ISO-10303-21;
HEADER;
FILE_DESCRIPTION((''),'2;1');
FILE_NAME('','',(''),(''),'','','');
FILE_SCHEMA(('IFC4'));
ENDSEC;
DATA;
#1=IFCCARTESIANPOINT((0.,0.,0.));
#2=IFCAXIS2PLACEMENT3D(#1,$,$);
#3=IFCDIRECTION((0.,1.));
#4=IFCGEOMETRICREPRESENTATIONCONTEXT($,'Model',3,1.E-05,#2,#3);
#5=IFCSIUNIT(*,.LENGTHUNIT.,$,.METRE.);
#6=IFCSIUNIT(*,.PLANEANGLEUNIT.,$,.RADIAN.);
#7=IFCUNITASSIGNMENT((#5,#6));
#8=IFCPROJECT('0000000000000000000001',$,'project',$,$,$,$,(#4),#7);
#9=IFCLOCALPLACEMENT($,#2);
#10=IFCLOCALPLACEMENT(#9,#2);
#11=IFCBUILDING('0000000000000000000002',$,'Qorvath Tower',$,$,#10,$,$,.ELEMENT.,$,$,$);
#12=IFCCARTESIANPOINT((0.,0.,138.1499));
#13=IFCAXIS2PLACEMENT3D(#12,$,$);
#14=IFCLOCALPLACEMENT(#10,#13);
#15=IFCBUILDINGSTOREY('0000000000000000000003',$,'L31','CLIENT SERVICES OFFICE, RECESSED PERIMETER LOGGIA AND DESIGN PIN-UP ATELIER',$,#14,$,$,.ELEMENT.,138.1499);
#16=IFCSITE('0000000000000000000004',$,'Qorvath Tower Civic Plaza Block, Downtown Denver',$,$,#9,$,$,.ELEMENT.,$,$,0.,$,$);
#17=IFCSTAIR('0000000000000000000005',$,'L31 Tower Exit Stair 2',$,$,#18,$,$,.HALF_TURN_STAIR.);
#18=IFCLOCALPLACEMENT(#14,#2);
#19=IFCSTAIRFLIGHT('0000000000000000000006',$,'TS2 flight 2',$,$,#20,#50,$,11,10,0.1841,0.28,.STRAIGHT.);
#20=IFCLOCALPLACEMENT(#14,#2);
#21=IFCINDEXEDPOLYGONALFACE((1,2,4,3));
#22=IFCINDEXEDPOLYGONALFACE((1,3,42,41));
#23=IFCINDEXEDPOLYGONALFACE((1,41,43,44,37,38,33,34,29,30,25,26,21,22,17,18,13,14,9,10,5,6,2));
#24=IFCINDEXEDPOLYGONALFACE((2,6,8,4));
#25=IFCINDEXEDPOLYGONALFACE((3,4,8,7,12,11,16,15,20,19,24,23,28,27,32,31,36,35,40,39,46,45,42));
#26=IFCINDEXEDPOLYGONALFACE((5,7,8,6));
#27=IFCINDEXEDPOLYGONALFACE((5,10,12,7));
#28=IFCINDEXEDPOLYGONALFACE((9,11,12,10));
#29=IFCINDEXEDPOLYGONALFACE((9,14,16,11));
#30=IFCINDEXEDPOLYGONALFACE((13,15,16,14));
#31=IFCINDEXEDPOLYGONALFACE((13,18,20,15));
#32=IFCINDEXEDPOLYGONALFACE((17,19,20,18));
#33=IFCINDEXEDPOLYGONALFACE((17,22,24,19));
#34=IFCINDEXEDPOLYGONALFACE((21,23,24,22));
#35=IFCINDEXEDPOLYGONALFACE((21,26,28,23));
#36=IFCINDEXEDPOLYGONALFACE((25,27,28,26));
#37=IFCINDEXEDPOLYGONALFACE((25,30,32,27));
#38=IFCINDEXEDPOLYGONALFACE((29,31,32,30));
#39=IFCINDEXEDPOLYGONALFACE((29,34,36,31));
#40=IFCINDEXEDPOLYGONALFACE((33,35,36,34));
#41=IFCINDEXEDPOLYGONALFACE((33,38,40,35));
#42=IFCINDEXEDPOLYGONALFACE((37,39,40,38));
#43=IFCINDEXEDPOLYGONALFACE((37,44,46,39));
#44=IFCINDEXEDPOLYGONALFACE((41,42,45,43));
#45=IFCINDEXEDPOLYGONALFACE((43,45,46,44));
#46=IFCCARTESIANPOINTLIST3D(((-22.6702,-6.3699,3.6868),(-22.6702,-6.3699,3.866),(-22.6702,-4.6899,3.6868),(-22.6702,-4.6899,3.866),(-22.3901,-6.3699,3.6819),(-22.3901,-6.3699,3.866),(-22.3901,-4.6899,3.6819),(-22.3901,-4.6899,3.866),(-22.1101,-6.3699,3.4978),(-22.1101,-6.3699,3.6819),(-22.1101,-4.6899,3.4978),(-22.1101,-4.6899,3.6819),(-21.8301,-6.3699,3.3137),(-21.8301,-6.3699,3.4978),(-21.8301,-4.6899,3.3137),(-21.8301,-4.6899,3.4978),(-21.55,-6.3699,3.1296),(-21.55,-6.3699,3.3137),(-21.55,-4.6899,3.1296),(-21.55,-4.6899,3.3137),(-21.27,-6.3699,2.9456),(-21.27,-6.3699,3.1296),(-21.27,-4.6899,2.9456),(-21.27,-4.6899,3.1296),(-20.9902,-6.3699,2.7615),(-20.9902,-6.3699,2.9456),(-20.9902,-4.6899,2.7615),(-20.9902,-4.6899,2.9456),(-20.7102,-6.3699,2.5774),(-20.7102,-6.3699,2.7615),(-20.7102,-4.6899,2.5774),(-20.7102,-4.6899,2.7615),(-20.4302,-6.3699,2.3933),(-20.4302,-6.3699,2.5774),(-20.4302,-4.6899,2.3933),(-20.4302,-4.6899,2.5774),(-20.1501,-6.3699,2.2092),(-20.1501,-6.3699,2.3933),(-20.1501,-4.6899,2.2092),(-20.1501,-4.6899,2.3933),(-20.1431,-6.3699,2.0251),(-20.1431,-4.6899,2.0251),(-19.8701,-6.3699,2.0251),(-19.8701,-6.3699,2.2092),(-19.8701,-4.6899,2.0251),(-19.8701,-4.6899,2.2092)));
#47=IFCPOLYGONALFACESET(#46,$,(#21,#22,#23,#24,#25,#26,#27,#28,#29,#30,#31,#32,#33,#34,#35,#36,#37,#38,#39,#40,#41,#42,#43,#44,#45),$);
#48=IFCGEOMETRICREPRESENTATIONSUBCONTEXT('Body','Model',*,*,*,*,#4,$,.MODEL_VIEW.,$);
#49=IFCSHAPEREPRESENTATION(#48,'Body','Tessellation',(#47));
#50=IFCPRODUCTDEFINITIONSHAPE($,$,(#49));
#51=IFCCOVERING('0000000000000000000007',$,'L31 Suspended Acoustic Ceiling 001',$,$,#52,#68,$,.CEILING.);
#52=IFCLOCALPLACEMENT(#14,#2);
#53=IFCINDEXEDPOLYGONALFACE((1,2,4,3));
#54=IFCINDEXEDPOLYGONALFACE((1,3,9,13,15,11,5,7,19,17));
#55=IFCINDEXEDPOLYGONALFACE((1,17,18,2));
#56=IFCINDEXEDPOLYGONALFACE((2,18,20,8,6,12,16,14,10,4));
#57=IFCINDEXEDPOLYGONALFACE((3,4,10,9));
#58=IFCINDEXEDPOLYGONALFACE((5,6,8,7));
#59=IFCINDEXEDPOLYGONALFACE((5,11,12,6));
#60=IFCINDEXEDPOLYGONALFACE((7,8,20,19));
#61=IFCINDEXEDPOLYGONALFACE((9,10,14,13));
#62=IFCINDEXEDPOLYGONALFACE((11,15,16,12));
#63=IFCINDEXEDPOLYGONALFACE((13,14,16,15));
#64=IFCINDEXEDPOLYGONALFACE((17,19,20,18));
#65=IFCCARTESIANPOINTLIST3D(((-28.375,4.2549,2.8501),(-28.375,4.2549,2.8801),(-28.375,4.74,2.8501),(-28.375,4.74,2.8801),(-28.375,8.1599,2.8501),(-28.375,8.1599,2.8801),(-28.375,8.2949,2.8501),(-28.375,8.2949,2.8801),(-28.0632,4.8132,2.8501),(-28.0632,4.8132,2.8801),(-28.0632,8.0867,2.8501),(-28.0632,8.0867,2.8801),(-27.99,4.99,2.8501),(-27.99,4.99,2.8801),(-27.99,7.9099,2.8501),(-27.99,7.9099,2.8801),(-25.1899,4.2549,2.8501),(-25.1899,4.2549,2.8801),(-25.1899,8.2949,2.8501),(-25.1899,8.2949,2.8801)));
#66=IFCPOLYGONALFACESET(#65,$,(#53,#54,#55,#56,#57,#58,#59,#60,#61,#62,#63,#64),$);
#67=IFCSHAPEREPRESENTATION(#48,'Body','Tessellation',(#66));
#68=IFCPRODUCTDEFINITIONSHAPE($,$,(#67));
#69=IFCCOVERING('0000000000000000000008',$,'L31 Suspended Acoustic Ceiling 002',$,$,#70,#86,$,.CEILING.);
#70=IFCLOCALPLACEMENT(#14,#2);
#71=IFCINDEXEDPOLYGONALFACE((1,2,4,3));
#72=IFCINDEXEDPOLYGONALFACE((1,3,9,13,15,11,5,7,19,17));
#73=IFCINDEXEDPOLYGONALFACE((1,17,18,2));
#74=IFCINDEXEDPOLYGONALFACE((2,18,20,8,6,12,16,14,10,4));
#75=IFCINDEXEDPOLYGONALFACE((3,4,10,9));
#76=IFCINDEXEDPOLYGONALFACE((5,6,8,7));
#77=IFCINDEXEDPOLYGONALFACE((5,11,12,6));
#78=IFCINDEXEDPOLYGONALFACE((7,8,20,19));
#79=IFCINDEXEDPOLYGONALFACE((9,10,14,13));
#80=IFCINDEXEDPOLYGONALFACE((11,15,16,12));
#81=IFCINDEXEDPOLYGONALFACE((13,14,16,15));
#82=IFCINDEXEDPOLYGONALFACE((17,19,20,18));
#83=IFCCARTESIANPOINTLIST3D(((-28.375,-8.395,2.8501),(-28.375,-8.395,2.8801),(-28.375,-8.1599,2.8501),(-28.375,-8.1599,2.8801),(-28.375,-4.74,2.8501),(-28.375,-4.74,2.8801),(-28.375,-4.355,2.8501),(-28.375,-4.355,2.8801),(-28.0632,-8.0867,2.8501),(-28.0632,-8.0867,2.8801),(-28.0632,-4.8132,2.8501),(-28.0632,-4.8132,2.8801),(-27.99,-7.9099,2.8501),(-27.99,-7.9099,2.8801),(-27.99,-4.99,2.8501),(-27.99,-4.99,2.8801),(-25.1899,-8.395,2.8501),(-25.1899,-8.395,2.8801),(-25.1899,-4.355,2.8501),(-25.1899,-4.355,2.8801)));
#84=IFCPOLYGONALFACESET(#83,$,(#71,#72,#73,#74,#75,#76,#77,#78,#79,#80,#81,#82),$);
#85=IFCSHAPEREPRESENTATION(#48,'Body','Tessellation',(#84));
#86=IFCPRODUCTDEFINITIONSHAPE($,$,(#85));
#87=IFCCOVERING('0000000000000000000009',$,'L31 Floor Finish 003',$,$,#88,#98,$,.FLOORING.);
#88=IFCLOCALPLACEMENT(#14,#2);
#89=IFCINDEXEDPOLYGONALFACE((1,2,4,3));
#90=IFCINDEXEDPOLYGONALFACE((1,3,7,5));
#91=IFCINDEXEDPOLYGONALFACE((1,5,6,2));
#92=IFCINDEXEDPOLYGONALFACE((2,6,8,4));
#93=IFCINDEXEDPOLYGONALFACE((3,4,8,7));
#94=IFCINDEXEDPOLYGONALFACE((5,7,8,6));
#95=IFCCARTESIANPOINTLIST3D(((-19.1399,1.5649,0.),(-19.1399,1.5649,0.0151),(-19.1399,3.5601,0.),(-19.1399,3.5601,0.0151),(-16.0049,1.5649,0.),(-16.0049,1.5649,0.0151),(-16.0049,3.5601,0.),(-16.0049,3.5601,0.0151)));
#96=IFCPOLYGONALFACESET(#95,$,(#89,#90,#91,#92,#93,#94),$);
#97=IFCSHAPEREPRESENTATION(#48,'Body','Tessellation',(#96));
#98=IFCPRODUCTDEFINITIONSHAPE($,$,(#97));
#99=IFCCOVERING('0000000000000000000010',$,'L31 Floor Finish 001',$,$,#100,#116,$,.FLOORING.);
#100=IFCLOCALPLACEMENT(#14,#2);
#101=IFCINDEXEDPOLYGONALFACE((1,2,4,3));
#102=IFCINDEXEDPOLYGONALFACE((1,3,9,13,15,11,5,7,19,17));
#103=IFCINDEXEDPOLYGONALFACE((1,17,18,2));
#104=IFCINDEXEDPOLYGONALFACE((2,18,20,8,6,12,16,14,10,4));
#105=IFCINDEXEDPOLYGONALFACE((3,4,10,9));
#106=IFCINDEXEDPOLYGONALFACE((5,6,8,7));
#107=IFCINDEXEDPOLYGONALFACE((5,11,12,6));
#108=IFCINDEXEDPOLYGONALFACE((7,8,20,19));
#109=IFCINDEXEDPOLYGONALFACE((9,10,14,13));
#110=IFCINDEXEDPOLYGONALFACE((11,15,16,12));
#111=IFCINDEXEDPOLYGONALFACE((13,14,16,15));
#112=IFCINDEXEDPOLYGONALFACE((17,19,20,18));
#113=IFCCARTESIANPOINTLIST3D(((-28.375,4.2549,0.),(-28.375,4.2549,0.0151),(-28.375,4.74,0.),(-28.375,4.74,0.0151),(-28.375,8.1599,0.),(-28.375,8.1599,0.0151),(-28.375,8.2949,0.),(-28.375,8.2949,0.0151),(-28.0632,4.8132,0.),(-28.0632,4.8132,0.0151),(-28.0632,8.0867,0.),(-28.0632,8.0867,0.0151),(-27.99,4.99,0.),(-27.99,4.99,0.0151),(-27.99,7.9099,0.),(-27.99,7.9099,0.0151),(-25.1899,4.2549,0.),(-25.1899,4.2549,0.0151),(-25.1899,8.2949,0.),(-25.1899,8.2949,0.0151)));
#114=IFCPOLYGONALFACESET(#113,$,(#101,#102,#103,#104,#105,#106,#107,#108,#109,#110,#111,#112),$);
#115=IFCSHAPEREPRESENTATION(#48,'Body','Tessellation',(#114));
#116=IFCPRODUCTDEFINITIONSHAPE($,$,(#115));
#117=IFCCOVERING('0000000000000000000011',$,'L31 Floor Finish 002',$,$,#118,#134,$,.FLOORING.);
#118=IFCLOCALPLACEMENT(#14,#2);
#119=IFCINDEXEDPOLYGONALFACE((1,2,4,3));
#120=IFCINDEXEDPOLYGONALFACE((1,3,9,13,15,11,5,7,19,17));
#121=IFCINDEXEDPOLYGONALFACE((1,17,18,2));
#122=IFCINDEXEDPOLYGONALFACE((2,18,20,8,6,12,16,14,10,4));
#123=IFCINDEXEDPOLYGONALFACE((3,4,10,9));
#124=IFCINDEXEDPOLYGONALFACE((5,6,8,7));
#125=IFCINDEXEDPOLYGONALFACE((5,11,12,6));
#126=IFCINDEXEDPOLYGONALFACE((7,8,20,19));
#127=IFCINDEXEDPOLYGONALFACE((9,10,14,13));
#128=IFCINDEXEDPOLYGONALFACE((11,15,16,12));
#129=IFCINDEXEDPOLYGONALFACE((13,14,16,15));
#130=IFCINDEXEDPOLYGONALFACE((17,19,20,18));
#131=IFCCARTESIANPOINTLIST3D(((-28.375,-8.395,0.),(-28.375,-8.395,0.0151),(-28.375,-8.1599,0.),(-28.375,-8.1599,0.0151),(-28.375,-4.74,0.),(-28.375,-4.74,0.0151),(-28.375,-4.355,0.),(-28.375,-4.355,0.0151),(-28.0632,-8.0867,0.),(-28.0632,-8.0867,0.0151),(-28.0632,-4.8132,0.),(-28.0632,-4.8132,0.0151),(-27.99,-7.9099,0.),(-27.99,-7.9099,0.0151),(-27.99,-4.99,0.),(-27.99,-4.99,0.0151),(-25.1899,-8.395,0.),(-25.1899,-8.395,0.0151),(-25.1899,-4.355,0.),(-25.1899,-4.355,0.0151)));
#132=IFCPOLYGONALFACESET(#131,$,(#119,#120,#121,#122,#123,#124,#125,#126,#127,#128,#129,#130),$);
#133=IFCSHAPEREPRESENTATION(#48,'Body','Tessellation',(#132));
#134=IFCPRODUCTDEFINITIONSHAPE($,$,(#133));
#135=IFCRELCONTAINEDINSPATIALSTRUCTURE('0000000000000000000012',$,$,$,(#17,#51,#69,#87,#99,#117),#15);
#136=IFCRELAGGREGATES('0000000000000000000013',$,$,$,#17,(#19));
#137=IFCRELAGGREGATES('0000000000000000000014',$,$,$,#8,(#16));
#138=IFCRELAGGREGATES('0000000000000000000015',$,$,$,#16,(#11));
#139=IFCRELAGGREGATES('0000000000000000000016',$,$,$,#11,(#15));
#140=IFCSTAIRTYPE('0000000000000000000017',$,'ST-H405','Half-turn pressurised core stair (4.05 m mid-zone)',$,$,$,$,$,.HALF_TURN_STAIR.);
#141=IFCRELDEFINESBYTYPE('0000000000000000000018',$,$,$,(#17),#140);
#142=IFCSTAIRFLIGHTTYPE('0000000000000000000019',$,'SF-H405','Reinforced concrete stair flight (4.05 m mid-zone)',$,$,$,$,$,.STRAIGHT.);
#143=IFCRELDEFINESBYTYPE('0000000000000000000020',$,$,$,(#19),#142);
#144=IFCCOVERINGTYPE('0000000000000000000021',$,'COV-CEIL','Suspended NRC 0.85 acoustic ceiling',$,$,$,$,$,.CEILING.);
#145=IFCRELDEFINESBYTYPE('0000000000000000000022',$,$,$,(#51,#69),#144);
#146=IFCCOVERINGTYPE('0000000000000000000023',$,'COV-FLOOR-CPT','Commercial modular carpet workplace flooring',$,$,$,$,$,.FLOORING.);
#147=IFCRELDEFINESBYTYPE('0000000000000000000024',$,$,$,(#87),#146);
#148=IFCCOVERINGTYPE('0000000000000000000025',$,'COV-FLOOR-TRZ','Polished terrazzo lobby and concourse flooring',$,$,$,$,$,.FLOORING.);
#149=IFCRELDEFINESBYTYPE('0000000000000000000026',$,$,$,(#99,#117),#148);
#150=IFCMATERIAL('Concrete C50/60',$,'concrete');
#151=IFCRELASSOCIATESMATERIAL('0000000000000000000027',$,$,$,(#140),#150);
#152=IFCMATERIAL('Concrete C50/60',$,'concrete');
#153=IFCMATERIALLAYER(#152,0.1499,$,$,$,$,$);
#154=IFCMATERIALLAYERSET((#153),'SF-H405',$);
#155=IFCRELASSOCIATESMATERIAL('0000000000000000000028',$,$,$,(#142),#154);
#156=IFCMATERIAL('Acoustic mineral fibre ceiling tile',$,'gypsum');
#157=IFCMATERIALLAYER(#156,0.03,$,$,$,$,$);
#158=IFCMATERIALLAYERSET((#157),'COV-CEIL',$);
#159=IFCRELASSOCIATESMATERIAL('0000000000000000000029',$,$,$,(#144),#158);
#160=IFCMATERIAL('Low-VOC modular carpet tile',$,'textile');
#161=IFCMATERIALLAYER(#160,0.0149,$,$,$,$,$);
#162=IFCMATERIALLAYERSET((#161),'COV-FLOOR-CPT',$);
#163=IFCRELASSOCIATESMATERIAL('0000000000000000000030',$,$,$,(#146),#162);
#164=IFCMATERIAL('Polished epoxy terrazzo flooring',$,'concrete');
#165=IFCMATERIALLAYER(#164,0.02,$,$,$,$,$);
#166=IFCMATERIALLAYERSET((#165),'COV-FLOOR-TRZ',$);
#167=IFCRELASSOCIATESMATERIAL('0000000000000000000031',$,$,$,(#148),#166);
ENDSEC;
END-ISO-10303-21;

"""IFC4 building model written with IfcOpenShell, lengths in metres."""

from ifc_helpers import new_model, si_unit, direction, frame, origin, place, context, subcontext, project, spatial, polyline, outline, extrude, material, layer, layer_set, type_object, element, aggregate, save


model = new_model("IFC4")

# Units and contexts
model_context = context("Model", 3, precision=1e-05, world=origin(), true_north=direction((0.0, 1.0)))
body_context = subcontext(model_context, "Body", "Model", "MODEL_VIEW")
ifc_project = project(units=[si_unit("LENGTHUNIT", "METRE"), si_unit("PLANEANGLEUNIT", "RADIAN")], contexts=[model_context])

# Site, building, storey
site_placement = place(None, origin())
site = spatial("IfcSite", under=ifc_project, at=site_placement, Name="Qorvath Tower Civic Plaza Block, Downtown Denver", CompositionType="ELEMENT", RefElevation=0.0)
building_placement = place(site_placement, origin())
building = spatial("IfcBuilding", under=site, at=building_placement, Name="Qorvath Tower", CompositionType="ELEMENT")
storey_placement = place(building_placement, frame((0.0, 0.0, 138.1499)))
storey = spatial("IfcBuildingStorey", under=building, at=storey_placement, Name="L31", Description="CLIENT SERVICES OFFICE, RECESSED PERIMETER LOGGIA AND DESIGN PIN-UP ATELIER", CompositionType="ELEMENT", Elevation=138.1499)

# Stair
ifc_material_1 = material(Name="Concrete C50/60", Category="concrete")
stair_type = type_object("IfcStairType", Name="ST-H405", Description="Half-turn pressurised core stair (4.05 m mid-zone)", PredefinedType="HALF_TURN_STAIR", material=ifc_material_1)
stair_1_placement = place(storey_placement, origin())
stair_1 = element("IfcStair", 1, at=stair_1_placement, inside=storey, type_object=stair_type, Name="L31 Tower Exit Stair 2", PredefinedType="HALF_TURN_STAIR")

# Stair flight
ifc_material_2 = material(Name="Concrete C50/60", Category="concrete")
ifc_layer_1 = layer(ifc_material_2, 0.1499)
ifc_layer_set_1 = layer_set([ifc_layer_1], Name="SF-H405")
stair_flight_type = type_object("IfcStairFlightType", Name="SF-H405", Description="Reinforced concrete stair flight (4.05 m mid-zone)", PredefinedType="STRAIGHT", material=ifc_layer_set_1)
stair_flight_placement = place(storey_placement, frame((-19.8701, -5.53, 2.0251), z_axis=(0.0, 0.0, 1.0), x_axis=(-1.0, 0.0, 0.0)))
stair_flight = element("IfcStairFlight", 2, at=stair_flight_placement, type_object=stair_flight_type, Name="TS2 flight 2", NumberOfRisers=11, NumberOfTreads=10, PredefinedType="STRAIGHT", RiserHeight=0.1841, TreadLength=0.28, context=body_context, shape_type="SweptSolid", body=[
    extrude(outline(polyline([(0.0, 0.0), (0.0, 0.1841), (0.28, 0.1841), (0.28, 0.3682), (0.5601, 0.3682), (0.5601, 0.5522), (0.8401, 0.5522), (0.8401, 0.7363), (1.1201, 0.7363), (1.1201, 0.9204), (1.3999, 0.9204), (1.3999, 1.1045), (1.6799, 1.1045), (1.6799, 1.2886), (1.96, 1.2886), (1.96, 1.4727), (2.24, 1.4727), (2.24, 1.6567), (2.52, 1.6567), (2.52, 1.8408), (2.8, 1.8408), (2.8, 2.0249), (2.8, 1.6616), (0.2729, 0.0), (0.0, 0.0)])), frame((0.0, 0.8398, 0.0), z_axis=(0.0, -1.0, 0.0), x_axis=(1.0, 0.0, 0.0)), (0.0, 0.0, 1.0), 1.6799),
])
aggregate(stair_1, [stair_flight])

# Coverings
ifc_material_3 = material(Name="Acoustic mineral fibre ceiling tile", Category="gypsum")
ifc_layer_2 = layer(ifc_material_3, 0.03)
ifc_layer_set_2 = layer_set([ifc_layer_2], Name="COV-CEIL")
covering_type_1 = type_object("IfcCoveringType", Name="COV-CEIL", Description="Suspended NRC 0.85 acoustic ceiling", PredefinedType="CEILING", material=ifc_layer_set_2)
covering_1_placement = place(storey_placement, frame((0.0, 0.0, 2.8501)))
element("IfcCovering", 3, at=covering_1_placement, inside=storey, type_object=covering_type_1, Name="L31 Suspended Acoustic Ceiling 001", PredefinedType="CEILING", context=body_context, shape_type="SweptSolid", body=[
    extrude(outline(polyline([(-25.1899, 4.2549), (-25.1899, 8.2949), (-28.375, 8.2949), (-28.375, 8.1599), (-28.0632, 8.0867), (-27.99, 7.9099), (-27.99, 4.99), (-28.0632, 4.8132), (-28.375, 4.74), (-28.375, 4.2549), (-25.1899, 4.2549)])), origin(), (0.0, 0.0, 1.0), 0.03),
])
covering_2_placement = place(storey_placement, frame((0.0, 0.0, 2.8501)))
element("IfcCovering", 4, at=covering_2_placement, inside=storey, type_object=covering_type_1, Name="L31 Suspended Acoustic Ceiling 002", PredefinedType="CEILING", context=body_context, shape_type="SweptSolid", body=[
    extrude(outline(polyline([(-25.1899, -8.395), (-25.1899, -4.355), (-28.375, -4.355), (-28.375, -4.74), (-28.0632, -4.8132), (-27.99, -4.99), (-27.99, -7.9099), (-28.0632, -8.0867), (-28.375, -8.1599), (-28.375, -8.395), (-25.1899, -8.395)])), origin(), (0.0, 0.0, 1.0), 0.03),
])
ifc_material_4 = material(Name="Low-VOC modular carpet tile", Category="textile")
ifc_layer_3 = layer(ifc_material_4, 0.0149)
ifc_layer_set_3 = layer_set([ifc_layer_3], Name="COV-FLOOR-CPT")
covering_type_2 = type_object("IfcCoveringType", Name="COV-FLOOR-CPT", Description="Commercial modular carpet workplace flooring", PredefinedType="FLOORING", material=ifc_layer_set_3)
covering_3_placement = place(storey_placement, origin())
element("IfcCovering", 5, at=covering_3_placement, inside=storey, type_object=covering_type_2, Name="L31 Floor Finish 003", PredefinedType="FLOORING", context=body_context, shape_type="SweptSolid", body=[
    extrude(outline(polyline([(-16.0049, 3.5601), (-19.1399, 3.5601), (-19.1399, 1.5649), (-16.0049, 1.5649), (-16.0049, 3.5601)])), origin(), (0.0, 0.0, 1.0), 0.0151),
])
ifc_material_5 = material(Name="Polished epoxy terrazzo flooring", Category="concrete")
ifc_layer_4 = layer(ifc_material_5, 0.02)
ifc_layer_set_4 = layer_set([ifc_layer_4], Name="COV-FLOOR-TRZ")
covering_type_3 = type_object("IfcCoveringType", Name="COV-FLOOR-TRZ", Description="Polished terrazzo lobby and concourse flooring", PredefinedType="FLOORING", material=ifc_layer_set_4)
covering_4_placement = place(storey_placement, origin())
element("IfcCovering", 6, at=covering_4_placement, inside=storey, type_object=covering_type_3, Name="L31 Floor Finish 001", PredefinedType="FLOORING", context=body_context, shape_type="SweptSolid", body=[
    extrude(outline(polyline([(-25.1899, 4.2549), (-25.1899, 8.2949), (-28.375, 8.2949), (-28.375, 8.1599), (-28.0632, 8.0867), (-27.99, 7.9099), (-27.99, 4.99), (-28.0632, 4.8132), (-28.375, 4.74), (-28.375, 4.2549), (-25.1899, 4.2549)])), origin(), (0.0, 0.0, 1.0), 0.0151),
])
covering_5_placement = place(storey_placement, origin())
element("IfcCovering", 7, at=covering_5_placement, inside=storey, type_object=covering_type_3, Name="L31 Floor Finish 002", PredefinedType="FLOORING", context=body_context, shape_type="SweptSolid", body=[
    extrude(outline(polyline([(-25.1899, -8.395), (-25.1899, -4.355), (-28.375, -4.355), (-28.375, -4.74), (-28.0632, -4.8132), (-27.99, -4.99), (-27.99, -7.9099), (-28.0632, -8.0867), (-28.375, -8.1599), (-28.375, -8.395), (-25.1899, -8.395)])), origin(), (0.0, 0.0, 1.0), 0.0151),
])

save(model, "model.ifc")
